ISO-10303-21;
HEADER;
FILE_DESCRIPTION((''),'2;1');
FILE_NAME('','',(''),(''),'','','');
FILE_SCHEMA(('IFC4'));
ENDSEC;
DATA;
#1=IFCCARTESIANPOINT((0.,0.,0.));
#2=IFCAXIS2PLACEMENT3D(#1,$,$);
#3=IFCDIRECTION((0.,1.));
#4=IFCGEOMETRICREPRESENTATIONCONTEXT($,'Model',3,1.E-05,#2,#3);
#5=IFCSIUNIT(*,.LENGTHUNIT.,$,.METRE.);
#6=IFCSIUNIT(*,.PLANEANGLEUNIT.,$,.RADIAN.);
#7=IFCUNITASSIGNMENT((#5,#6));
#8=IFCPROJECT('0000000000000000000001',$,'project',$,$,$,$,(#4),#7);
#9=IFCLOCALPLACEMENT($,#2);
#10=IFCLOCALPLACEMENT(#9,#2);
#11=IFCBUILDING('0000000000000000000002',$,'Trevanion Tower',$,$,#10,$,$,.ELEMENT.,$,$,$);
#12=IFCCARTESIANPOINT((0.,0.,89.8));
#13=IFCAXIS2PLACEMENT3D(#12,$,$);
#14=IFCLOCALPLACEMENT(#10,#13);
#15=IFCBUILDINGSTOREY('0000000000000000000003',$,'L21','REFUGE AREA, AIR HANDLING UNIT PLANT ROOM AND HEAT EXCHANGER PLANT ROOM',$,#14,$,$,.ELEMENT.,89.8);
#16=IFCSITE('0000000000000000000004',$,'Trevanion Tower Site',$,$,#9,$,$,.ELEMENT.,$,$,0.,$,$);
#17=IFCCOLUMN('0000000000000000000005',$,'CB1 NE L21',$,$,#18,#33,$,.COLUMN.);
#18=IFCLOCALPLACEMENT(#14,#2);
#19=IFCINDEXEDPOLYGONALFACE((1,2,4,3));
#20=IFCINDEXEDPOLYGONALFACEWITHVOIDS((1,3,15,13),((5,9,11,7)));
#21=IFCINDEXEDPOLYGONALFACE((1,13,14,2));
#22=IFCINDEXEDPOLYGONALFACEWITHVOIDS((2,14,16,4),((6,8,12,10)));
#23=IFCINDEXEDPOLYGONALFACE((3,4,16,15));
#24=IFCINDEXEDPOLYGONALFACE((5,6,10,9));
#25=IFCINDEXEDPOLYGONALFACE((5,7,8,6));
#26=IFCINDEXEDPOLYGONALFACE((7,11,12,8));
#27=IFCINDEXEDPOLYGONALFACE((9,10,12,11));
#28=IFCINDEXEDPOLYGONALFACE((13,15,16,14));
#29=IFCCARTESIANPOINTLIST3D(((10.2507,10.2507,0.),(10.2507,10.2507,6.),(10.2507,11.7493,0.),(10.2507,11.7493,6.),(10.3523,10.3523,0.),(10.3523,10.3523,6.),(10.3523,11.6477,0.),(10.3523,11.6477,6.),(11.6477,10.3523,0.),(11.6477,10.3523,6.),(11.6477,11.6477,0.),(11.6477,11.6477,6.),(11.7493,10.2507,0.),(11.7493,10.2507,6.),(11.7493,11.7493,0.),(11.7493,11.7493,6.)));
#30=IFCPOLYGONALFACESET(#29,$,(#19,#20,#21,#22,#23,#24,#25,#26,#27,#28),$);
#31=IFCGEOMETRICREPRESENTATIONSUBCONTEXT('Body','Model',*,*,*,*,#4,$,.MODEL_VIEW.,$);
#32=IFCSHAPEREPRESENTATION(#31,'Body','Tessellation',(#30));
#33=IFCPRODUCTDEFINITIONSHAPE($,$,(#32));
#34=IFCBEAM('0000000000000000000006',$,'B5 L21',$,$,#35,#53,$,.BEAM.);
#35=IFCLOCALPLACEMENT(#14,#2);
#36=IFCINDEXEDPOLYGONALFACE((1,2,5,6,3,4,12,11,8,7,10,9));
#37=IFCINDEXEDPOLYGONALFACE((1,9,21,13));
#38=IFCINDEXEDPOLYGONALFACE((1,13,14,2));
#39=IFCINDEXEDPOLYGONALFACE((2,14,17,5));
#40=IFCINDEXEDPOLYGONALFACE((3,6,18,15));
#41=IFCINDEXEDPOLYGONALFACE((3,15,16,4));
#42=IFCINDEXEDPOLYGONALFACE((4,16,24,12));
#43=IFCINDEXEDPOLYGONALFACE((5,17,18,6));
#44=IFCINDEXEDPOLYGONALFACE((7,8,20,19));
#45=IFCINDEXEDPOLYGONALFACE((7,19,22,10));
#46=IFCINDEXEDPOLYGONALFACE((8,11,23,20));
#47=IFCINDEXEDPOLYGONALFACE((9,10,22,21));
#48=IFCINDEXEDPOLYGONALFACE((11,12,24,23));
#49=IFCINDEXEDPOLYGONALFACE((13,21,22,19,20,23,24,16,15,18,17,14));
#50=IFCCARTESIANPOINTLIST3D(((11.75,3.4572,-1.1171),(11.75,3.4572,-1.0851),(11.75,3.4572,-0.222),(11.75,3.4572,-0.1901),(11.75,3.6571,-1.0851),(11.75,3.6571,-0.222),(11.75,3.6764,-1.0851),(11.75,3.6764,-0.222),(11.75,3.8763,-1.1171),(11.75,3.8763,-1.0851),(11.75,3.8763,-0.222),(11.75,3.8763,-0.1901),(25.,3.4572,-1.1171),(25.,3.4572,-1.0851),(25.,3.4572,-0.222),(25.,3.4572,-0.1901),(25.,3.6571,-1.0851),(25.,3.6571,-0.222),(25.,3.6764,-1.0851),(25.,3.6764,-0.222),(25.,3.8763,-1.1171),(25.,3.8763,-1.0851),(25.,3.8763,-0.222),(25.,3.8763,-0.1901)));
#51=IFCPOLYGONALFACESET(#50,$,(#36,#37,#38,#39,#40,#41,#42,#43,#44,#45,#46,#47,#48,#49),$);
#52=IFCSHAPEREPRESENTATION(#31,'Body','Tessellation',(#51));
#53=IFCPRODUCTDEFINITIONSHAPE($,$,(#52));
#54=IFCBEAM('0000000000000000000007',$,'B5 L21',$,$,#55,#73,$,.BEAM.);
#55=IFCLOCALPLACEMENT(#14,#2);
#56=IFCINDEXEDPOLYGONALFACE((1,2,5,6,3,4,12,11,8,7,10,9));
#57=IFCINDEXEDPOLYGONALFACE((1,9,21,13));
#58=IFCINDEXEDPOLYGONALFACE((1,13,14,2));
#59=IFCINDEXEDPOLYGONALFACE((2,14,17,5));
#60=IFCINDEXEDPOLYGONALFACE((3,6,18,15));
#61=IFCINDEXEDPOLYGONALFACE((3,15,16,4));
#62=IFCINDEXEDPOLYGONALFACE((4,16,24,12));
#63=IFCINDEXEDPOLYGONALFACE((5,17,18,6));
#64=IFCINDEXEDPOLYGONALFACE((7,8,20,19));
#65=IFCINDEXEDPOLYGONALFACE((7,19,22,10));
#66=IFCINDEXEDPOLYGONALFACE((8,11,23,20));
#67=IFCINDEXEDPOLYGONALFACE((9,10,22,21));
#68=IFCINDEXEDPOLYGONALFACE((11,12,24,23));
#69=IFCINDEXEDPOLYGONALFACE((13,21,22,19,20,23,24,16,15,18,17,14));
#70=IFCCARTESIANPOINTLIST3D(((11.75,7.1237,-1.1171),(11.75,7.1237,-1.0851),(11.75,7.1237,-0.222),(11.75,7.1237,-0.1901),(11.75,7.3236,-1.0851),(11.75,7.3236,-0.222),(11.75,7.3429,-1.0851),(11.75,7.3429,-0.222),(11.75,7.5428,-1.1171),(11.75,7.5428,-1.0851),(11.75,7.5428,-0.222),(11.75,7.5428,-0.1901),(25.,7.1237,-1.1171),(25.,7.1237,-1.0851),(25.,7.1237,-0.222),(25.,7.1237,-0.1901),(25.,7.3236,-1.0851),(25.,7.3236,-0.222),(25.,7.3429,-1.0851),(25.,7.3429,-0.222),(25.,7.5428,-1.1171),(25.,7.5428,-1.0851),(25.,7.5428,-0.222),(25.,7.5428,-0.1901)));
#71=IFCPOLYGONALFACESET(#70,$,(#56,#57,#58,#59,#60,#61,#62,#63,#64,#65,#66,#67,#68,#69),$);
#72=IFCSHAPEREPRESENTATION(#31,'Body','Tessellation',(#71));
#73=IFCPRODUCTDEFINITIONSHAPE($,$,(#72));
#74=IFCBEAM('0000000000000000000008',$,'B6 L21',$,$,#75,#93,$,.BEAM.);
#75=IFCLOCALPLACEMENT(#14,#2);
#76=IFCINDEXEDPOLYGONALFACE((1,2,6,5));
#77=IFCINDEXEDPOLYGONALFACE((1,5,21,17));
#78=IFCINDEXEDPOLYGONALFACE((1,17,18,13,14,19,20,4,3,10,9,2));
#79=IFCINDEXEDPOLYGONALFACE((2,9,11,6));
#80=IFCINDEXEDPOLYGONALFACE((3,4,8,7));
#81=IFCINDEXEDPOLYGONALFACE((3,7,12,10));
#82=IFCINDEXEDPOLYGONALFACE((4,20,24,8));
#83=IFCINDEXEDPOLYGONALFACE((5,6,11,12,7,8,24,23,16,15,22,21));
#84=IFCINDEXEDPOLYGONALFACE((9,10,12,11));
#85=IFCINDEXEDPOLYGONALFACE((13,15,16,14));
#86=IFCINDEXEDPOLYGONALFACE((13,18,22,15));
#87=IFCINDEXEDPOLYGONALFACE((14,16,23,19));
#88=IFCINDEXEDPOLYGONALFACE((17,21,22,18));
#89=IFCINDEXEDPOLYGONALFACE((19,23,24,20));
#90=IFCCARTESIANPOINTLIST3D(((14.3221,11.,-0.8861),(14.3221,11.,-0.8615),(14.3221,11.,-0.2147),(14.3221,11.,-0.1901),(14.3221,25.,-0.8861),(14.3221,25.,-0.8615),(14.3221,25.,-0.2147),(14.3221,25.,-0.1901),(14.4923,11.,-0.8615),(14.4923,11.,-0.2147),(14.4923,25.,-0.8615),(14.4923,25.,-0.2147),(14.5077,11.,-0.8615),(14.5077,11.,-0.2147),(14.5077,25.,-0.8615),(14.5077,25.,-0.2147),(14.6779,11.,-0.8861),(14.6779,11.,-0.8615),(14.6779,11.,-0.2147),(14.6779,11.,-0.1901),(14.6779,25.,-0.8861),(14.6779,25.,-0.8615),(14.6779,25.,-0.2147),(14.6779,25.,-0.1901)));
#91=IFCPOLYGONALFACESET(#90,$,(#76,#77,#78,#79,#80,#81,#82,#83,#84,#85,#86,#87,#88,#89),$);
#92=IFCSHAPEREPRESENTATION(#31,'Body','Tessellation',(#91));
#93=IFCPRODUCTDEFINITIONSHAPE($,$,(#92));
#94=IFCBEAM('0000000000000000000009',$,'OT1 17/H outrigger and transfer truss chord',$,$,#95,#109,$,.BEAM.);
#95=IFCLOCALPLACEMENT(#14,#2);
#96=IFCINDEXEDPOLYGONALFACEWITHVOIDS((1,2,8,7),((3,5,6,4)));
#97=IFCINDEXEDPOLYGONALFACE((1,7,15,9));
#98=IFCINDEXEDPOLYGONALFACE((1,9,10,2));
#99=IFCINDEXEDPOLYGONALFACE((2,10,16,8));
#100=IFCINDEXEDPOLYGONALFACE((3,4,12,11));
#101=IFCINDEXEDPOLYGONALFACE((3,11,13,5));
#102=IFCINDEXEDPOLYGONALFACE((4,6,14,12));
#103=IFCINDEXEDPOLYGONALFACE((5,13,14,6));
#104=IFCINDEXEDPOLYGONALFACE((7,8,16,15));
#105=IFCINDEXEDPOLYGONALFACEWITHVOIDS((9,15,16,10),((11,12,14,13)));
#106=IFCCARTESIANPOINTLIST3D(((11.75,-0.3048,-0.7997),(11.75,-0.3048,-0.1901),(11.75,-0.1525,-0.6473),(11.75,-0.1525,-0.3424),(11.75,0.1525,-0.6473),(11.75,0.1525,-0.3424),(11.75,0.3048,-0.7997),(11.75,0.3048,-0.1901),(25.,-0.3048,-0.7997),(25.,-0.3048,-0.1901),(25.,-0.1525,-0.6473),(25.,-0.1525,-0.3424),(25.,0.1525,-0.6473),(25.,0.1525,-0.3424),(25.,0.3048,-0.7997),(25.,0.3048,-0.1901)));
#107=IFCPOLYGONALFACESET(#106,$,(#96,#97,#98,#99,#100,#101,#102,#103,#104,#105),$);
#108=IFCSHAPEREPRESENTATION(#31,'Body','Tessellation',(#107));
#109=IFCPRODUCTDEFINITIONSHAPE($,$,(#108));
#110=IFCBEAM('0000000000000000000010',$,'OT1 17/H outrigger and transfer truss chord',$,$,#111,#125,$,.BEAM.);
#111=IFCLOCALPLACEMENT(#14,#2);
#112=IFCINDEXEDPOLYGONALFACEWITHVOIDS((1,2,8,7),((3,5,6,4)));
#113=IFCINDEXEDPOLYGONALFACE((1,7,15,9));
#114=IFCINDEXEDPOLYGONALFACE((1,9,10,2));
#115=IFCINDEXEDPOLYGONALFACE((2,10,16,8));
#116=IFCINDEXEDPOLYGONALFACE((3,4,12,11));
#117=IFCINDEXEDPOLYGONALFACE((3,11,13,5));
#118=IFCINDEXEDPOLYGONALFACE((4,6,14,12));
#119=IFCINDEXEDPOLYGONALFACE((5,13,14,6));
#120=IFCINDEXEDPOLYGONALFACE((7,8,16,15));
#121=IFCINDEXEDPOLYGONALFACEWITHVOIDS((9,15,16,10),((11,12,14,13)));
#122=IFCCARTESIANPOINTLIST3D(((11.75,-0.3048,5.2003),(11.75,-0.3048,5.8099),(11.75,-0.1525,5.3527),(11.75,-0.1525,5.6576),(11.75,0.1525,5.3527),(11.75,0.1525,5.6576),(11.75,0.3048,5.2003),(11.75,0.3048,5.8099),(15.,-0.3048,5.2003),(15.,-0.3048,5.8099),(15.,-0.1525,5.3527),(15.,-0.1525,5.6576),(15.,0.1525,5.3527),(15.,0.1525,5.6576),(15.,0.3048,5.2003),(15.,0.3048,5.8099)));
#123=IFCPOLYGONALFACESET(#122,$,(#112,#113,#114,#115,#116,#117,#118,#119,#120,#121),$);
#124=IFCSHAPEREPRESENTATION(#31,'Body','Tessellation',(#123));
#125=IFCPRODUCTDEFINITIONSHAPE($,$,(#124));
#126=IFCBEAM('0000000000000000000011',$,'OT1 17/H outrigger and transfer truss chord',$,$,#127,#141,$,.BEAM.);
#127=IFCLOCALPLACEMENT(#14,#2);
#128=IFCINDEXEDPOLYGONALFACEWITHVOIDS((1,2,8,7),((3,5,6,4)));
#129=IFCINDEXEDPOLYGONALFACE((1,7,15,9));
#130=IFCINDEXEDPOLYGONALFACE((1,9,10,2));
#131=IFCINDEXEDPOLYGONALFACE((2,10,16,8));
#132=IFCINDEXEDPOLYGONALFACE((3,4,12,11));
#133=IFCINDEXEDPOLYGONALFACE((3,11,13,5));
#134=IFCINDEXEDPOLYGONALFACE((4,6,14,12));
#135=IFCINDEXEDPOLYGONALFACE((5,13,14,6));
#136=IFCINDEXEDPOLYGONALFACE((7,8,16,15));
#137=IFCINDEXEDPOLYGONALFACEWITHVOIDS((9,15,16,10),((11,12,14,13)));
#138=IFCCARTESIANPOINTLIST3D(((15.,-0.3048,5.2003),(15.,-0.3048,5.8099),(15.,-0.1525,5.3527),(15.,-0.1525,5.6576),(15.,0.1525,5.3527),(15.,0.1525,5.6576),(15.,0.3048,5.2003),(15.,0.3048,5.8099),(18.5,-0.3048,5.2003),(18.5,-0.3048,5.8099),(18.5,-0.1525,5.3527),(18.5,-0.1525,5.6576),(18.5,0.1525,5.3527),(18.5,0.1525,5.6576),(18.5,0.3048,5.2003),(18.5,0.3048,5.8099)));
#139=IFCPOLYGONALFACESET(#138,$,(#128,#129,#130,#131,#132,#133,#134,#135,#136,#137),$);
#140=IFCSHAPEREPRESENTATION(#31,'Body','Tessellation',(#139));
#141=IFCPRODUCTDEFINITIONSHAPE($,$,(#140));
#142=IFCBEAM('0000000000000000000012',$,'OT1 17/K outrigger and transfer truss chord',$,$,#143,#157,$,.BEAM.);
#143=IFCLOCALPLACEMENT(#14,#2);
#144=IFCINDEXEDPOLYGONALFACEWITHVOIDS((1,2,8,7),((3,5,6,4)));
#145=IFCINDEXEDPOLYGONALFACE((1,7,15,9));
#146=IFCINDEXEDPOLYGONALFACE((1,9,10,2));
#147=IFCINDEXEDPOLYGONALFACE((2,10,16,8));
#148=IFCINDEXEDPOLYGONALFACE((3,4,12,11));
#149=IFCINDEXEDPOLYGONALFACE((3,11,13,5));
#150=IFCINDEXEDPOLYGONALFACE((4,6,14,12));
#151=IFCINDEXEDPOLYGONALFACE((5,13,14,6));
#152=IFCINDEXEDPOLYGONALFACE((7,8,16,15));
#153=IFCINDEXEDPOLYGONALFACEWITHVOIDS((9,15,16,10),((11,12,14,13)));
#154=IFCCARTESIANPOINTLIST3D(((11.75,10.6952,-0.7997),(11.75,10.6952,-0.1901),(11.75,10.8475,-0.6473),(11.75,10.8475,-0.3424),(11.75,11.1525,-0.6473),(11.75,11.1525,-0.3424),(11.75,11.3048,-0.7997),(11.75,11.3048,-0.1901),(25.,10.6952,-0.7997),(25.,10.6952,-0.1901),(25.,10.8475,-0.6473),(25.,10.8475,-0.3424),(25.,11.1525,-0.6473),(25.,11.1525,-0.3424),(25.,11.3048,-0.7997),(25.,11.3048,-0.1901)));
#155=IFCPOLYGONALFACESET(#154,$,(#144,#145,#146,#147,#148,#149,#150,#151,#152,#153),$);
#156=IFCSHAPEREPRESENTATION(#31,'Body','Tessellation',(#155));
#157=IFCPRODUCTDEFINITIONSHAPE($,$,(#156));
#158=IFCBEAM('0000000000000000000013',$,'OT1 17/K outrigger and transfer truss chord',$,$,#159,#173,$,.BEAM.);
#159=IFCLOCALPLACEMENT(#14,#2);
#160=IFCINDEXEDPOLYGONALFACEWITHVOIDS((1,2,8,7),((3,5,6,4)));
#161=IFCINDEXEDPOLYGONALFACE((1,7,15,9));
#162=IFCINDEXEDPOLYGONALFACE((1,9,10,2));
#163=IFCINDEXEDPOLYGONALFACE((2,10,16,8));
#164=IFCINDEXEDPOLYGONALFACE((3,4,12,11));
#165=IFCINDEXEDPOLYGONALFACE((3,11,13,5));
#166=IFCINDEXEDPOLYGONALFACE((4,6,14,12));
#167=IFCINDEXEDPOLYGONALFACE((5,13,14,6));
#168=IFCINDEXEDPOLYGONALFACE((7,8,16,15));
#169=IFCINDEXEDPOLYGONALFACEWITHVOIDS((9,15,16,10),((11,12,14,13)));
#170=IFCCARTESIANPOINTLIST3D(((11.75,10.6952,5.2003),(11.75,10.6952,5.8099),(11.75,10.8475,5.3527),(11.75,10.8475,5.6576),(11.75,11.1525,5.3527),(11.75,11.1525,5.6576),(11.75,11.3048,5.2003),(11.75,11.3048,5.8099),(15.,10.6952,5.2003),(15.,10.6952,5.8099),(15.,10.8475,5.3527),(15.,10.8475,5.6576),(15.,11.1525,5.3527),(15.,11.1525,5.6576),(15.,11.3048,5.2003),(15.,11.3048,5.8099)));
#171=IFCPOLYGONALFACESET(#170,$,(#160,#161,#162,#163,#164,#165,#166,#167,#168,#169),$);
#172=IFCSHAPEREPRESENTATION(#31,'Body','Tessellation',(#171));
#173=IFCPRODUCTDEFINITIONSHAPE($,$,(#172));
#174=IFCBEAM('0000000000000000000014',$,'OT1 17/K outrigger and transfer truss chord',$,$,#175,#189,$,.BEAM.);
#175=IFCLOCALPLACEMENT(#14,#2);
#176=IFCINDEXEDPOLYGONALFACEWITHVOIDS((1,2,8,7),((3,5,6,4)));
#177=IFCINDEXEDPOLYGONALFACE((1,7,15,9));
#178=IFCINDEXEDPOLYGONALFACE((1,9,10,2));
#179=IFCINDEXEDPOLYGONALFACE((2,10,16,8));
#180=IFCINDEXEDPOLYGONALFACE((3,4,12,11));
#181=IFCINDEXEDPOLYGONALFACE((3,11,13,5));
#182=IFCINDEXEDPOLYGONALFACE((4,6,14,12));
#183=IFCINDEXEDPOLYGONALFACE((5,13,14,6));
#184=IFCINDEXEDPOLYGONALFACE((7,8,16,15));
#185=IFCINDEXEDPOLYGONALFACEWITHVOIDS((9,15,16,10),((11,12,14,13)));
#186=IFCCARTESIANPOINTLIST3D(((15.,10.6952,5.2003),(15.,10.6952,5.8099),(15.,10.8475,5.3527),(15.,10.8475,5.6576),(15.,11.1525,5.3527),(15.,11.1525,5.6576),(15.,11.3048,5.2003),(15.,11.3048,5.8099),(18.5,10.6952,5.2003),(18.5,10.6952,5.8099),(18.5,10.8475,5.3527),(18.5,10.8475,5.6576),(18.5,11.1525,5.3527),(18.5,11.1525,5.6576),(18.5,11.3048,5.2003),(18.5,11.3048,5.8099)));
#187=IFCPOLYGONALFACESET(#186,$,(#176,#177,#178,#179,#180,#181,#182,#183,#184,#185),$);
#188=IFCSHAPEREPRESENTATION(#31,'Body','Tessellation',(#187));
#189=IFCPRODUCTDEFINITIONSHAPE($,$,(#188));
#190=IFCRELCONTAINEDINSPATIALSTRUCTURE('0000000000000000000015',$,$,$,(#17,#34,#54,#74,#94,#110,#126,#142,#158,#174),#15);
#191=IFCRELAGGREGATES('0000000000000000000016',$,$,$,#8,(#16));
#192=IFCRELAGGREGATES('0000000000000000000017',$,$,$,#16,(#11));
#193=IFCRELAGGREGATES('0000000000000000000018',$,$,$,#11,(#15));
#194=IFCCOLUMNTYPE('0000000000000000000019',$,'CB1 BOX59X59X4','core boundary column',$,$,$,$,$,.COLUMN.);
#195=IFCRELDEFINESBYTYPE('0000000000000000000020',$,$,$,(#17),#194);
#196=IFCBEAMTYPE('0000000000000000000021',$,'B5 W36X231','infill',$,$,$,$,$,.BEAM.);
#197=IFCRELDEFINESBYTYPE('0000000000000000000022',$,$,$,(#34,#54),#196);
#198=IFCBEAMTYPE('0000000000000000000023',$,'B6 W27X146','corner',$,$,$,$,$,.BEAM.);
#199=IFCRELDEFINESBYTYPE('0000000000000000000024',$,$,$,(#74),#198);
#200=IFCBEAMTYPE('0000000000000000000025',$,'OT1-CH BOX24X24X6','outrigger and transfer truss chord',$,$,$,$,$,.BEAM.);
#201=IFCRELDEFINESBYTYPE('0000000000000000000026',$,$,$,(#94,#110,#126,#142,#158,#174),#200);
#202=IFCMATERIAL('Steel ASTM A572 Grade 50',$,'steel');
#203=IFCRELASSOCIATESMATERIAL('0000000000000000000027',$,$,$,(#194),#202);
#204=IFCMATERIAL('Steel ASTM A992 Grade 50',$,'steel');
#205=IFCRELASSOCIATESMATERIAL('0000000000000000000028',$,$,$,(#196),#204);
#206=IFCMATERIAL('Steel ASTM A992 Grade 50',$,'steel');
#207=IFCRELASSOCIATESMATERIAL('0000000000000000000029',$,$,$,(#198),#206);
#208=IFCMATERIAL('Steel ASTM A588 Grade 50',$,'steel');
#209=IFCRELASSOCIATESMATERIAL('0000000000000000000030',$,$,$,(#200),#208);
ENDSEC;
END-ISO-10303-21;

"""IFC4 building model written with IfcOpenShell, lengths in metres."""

from ifc_helpers import new_model, si_unit, direction, frame, origin, origin_2d, place, context, subcontext, project, spatial, hollow_rectangle, i_section, extrude, material, material_profile, profile_set, type_object, element, save


model = new_model("IFC4")

# Units and contexts
model_context = context("Model", 3, precision=1e-05, world=origin(), true_north=direction((0.0, 1.0)))
body_context = subcontext(model_context, "Body", "Model", "MODEL_VIEW")
ifc_project = project(units=[si_unit("LENGTHUNIT", "METRE"), si_unit("PLANEANGLEUNIT", "RADIAN")], contexts=[model_context])

# Site, building, storey
site_placement = place(None, origin())
site = spatial("IfcSite", under=ifc_project, at=site_placement, Name="Trevanion Tower Site", CompositionType="ELEMENT", RefElevation=0.0)
building_placement = place(site_placement, origin())
building = spatial("IfcBuilding", under=site, at=building_placement, Name="Trevanion Tower", CompositionType="ELEMENT")
storey_placement = place(building_placement, frame((0.0, 0.0, 89.8)))
storey = spatial("IfcBuildingStorey", under=building, at=storey_placement, Name="L21", Description="REFUGE AREA, AIR HANDLING UNIT PLANT ROOM AND HEAT EXCHANGER PLANT ROOM", CompositionType="ELEMENT", Elevation=89.8)

# Column
ifc_material_1 = material(Name="Steel ASTM A572 Grade 50", Category="steel")
ifc_material_profile_1 = material_profile(ifc_material_1, hollow_rectangle(XDim=1.4985, YDim=1.4985, WallThickness=0.1016, at=origin_2d()), Name="BOX59X59X4")
ifc_profile_set_1 = profile_set([ifc_material_profile_1], Name="Steel ASTM A572 Grade 50")
column_type = type_object("IfcColumnType", Name="CB1 BOX59X59X4", Description="core boundary column", PredefinedType="COLUMN", material=ifc_profile_set_1)
column_placement = place(storey_placement, frame((11.0, 11.0, 0.0), z_axis=(0.0, 0.0, 1.0), x_axis=(1.0, 0.0, 0.0)))
element("IfcColumn", 1, at=column_placement, inside=storey, type_object=column_type, Name="CB1 NE L21", PredefinedType="COLUMN", context=body_context, shape_type="SweptSolid", body=[
    extrude(hollow_rectangle(XDim=1.4985, YDim=1.4985, WallThickness=0.1016, at=origin_2d()), origin(), (0.0, 0.0, 1.0), 6.0),
])

# Beams
ifc_material_2 = material(Name="Steel ASTM A992 Grade 50", Category="steel")
ifc_material_profile_2 = material_profile(ifc_material_2, i_section(OverallWidth=0.4192, OverallDepth=0.927, WebThickness=0.0193, FlangeThickness=0.032, at=origin_2d()), Name="W36X231")
ifc_profile_set_2 = profile_set([ifc_material_profile_2], Name="Steel ASTM A992 Grade 50")
beam_type_1 = type_object("IfcBeamType", Name="B5 W36X231", Description="infill", PredefinedType="BEAM", material=ifc_profile_set_2)
for number, where, z_axis, x_axis, name in (
    (2, (11.75, 3.6667, -0.6536), (1.0, 0.0, 0.0), (0.0, 1.0, 0.0), "B5 L21"),
    (3, (11.75, 7.3333, -0.6536), (1.0, 0.0, 0.0), (0.0, 1.0, 0.0), "B5 L21"),
):
    element("IfcBeam", number, at=place(storey_placement, frame(where, z_axis=z_axis, x_axis=x_axis)), inside=storey, type_object=beam_type_1, Name=name, PredefinedType="BEAM", context=body_context, shape_type="SweptSolid", body=[
        extrude(i_section(OverallWidth=0.4192, OverallDepth=0.927, WebThickness=0.0193, FlangeThickness=0.032, at=origin_2d()), origin(), (0.0, 0.0, 1.0), 13.25),
    ])
ifc_material_3 = material(Name="Steel ASTM A992 Grade 50", Category="steel")
ifc_material_profile_3 = material_profile(ifc_material_3, i_section(OverallWidth=0.3557, OverallDepth=0.696, WebThickness=0.0154, FlangeThickness=0.0247, at=origin_2d()), Name="W27X146")
ifc_profile_set_3 = profile_set([ifc_material_profile_3], Name="Steel ASTM A992 Grade 50")
beam_type_2 = type_object("IfcBeamType", Name="B6 W27X146", Description="corner", PredefinedType="BEAM", material=ifc_profile_set_3)
beam_1_placement = place(storey_placement, frame((14.5, 11.0, -0.5381), z_axis=(0.0, 1.0, 0.0), x_axis=(-1.0, 0.0, 0.0)))
element("IfcBeam", 4, at=beam_1_placement, inside=storey, type_object=beam_type_2, Name="B6 L21", PredefinedType="BEAM", context=body_context, shape_type="SweptSolid", body=[
    extrude(i_section(OverallWidth=0.3557, OverallDepth=0.696, WebThickness=0.0154, FlangeThickness=0.0247, at=origin_2d()), origin(), (0.0, 0.0, 1.0), 14.0),
])
ifc_material_4 = material(Name="Steel ASTM A588 Grade 50", Category="steel")
ifc_material_profile_4 = material_profile(ifc_material_4, hollow_rectangle(XDim=0.6096, YDim=0.6096, WallThickness=0.1523, at=origin_2d()), Name="BOX24X24X6")
ifc_profile_set_4 = profile_set([ifc_material_profile_4], Name="Steel ASTM A588 Grade 50")
beam_type_3 = type_object("IfcBeamType", Name="OT1-CH BOX24X24X6", Description="outrigger and transfer truss chord", PredefinedType="BEAM", material=ifc_profile_set_4)
beam_2_placement = place(storey_placement, frame((11.75, 0.0, -0.4949), z_axis=(1.0, 0.0, 0.0), x_axis=(0.0, 1.0, 0.0)))
element("IfcBeam", 5, at=beam_2_placement, inside=storey, type_object=beam_type_3, Name="OT1 17/H outrigger and transfer truss chord", PredefinedType="BEAM", context=body_context, shape_type="SweptSolid", body=[
    extrude(hollow_rectangle(XDim=0.6096, YDim=0.6096, WallThickness=0.1523, at=origin_2d()), origin(), (0.0, 0.0, 1.0), 13.25),
])
beam_3_placement = place(storey_placement, frame((11.75, 0.0, 5.5051), z_axis=(1.0, 0.0, 0.0), x_axis=(0.0, 1.0, 0.0)))
element("IfcBeam", 6, at=beam_3_placement, inside=storey, type_object=beam_type_3, Name="OT1 17/H outrigger and transfer truss chord", PredefinedType="BEAM", context=body_context, shape_type="SweptSolid", body=[
    extrude(hollow_rectangle(XDim=0.6096, YDim=0.6096, WallThickness=0.1523, at=origin_2d()), origin(), (0.0, 0.0, 1.0), 3.25),
])
beam_4_placement = place(storey_placement, frame((15.0, 0.0, 5.5051), z_axis=(1.0, 0.0, 0.0), x_axis=(0.0, 1.0, 0.0)))
element("IfcBeam", 7, at=beam_4_placement, inside=storey, type_object=beam_type_3, Name="OT1 17/H outrigger and transfer truss chord", PredefinedType="BEAM", context=body_context, shape_type="SweptSolid", body=[
    extrude(hollow_rectangle(XDim=0.6096, YDim=0.6096, WallThickness=0.1523, at=origin_2d()), origin(), (0.0, 0.0, 1.0), 3.5),
])
beam_5_placement = place(storey_placement, frame((11.75, 11.0, -0.4949), z_axis=(1.0, 0.0, 0.0), x_axis=(0.0, 1.0, 0.0)))
element("IfcBeam", 8, at=beam_5_placement, inside=storey, type_object=beam_type_3, Name="OT1 17/K outrigger and transfer truss chord", PredefinedType="BEAM", context=body_context, shape_type="SweptSolid", body=[
    extrude(hollow_rectangle(XDim=0.6096, YDim=0.6096, WallThickness=0.1523, at=origin_2d()), origin(), (0.0, 0.0, 1.0), 13.25),
])
beam_6_placement = place(storey_placement, frame((11.75, 11.0, 5.5051), z_axis=(1.0, 0.0, 0.0), x_axis=(0.0, 1.0, 0.0)))
element("IfcBeam", 9, at=beam_6_placement, inside=storey, type_object=beam_type_3, Name="OT1 17/K outrigger and transfer truss chord", PredefinedType="BEAM", context=body_context, shape_type="SweptSolid", body=[
    extrude(hollow_rectangle(XDim=0.6096, YDim=0.6096, WallThickness=0.1523, at=origin_2d()), origin(), (0.0, 0.0, 1.0), 3.25),
])
beam_7_placement = place(storey_placement, frame((15.0, 11.0, 5.5051), z_axis=(1.0, 0.0, 0.0), x_axis=(0.0, 1.0, 0.0)))
element("IfcBeam", 10, at=beam_7_placement, inside=storey, type_object=beam_type_3, Name="OT1 17/K outrigger and transfer truss chord", PredefinedType="BEAM", context=body_context, shape_type="SweptSolid", body=[
    extrude(hollow_rectangle(XDim=0.6096, YDim=0.6096, WallThickness=0.1523, at=origin_2d()), origin(), (0.0, 0.0, 1.0), 3.5),
])

save(model, "model.ifc")
